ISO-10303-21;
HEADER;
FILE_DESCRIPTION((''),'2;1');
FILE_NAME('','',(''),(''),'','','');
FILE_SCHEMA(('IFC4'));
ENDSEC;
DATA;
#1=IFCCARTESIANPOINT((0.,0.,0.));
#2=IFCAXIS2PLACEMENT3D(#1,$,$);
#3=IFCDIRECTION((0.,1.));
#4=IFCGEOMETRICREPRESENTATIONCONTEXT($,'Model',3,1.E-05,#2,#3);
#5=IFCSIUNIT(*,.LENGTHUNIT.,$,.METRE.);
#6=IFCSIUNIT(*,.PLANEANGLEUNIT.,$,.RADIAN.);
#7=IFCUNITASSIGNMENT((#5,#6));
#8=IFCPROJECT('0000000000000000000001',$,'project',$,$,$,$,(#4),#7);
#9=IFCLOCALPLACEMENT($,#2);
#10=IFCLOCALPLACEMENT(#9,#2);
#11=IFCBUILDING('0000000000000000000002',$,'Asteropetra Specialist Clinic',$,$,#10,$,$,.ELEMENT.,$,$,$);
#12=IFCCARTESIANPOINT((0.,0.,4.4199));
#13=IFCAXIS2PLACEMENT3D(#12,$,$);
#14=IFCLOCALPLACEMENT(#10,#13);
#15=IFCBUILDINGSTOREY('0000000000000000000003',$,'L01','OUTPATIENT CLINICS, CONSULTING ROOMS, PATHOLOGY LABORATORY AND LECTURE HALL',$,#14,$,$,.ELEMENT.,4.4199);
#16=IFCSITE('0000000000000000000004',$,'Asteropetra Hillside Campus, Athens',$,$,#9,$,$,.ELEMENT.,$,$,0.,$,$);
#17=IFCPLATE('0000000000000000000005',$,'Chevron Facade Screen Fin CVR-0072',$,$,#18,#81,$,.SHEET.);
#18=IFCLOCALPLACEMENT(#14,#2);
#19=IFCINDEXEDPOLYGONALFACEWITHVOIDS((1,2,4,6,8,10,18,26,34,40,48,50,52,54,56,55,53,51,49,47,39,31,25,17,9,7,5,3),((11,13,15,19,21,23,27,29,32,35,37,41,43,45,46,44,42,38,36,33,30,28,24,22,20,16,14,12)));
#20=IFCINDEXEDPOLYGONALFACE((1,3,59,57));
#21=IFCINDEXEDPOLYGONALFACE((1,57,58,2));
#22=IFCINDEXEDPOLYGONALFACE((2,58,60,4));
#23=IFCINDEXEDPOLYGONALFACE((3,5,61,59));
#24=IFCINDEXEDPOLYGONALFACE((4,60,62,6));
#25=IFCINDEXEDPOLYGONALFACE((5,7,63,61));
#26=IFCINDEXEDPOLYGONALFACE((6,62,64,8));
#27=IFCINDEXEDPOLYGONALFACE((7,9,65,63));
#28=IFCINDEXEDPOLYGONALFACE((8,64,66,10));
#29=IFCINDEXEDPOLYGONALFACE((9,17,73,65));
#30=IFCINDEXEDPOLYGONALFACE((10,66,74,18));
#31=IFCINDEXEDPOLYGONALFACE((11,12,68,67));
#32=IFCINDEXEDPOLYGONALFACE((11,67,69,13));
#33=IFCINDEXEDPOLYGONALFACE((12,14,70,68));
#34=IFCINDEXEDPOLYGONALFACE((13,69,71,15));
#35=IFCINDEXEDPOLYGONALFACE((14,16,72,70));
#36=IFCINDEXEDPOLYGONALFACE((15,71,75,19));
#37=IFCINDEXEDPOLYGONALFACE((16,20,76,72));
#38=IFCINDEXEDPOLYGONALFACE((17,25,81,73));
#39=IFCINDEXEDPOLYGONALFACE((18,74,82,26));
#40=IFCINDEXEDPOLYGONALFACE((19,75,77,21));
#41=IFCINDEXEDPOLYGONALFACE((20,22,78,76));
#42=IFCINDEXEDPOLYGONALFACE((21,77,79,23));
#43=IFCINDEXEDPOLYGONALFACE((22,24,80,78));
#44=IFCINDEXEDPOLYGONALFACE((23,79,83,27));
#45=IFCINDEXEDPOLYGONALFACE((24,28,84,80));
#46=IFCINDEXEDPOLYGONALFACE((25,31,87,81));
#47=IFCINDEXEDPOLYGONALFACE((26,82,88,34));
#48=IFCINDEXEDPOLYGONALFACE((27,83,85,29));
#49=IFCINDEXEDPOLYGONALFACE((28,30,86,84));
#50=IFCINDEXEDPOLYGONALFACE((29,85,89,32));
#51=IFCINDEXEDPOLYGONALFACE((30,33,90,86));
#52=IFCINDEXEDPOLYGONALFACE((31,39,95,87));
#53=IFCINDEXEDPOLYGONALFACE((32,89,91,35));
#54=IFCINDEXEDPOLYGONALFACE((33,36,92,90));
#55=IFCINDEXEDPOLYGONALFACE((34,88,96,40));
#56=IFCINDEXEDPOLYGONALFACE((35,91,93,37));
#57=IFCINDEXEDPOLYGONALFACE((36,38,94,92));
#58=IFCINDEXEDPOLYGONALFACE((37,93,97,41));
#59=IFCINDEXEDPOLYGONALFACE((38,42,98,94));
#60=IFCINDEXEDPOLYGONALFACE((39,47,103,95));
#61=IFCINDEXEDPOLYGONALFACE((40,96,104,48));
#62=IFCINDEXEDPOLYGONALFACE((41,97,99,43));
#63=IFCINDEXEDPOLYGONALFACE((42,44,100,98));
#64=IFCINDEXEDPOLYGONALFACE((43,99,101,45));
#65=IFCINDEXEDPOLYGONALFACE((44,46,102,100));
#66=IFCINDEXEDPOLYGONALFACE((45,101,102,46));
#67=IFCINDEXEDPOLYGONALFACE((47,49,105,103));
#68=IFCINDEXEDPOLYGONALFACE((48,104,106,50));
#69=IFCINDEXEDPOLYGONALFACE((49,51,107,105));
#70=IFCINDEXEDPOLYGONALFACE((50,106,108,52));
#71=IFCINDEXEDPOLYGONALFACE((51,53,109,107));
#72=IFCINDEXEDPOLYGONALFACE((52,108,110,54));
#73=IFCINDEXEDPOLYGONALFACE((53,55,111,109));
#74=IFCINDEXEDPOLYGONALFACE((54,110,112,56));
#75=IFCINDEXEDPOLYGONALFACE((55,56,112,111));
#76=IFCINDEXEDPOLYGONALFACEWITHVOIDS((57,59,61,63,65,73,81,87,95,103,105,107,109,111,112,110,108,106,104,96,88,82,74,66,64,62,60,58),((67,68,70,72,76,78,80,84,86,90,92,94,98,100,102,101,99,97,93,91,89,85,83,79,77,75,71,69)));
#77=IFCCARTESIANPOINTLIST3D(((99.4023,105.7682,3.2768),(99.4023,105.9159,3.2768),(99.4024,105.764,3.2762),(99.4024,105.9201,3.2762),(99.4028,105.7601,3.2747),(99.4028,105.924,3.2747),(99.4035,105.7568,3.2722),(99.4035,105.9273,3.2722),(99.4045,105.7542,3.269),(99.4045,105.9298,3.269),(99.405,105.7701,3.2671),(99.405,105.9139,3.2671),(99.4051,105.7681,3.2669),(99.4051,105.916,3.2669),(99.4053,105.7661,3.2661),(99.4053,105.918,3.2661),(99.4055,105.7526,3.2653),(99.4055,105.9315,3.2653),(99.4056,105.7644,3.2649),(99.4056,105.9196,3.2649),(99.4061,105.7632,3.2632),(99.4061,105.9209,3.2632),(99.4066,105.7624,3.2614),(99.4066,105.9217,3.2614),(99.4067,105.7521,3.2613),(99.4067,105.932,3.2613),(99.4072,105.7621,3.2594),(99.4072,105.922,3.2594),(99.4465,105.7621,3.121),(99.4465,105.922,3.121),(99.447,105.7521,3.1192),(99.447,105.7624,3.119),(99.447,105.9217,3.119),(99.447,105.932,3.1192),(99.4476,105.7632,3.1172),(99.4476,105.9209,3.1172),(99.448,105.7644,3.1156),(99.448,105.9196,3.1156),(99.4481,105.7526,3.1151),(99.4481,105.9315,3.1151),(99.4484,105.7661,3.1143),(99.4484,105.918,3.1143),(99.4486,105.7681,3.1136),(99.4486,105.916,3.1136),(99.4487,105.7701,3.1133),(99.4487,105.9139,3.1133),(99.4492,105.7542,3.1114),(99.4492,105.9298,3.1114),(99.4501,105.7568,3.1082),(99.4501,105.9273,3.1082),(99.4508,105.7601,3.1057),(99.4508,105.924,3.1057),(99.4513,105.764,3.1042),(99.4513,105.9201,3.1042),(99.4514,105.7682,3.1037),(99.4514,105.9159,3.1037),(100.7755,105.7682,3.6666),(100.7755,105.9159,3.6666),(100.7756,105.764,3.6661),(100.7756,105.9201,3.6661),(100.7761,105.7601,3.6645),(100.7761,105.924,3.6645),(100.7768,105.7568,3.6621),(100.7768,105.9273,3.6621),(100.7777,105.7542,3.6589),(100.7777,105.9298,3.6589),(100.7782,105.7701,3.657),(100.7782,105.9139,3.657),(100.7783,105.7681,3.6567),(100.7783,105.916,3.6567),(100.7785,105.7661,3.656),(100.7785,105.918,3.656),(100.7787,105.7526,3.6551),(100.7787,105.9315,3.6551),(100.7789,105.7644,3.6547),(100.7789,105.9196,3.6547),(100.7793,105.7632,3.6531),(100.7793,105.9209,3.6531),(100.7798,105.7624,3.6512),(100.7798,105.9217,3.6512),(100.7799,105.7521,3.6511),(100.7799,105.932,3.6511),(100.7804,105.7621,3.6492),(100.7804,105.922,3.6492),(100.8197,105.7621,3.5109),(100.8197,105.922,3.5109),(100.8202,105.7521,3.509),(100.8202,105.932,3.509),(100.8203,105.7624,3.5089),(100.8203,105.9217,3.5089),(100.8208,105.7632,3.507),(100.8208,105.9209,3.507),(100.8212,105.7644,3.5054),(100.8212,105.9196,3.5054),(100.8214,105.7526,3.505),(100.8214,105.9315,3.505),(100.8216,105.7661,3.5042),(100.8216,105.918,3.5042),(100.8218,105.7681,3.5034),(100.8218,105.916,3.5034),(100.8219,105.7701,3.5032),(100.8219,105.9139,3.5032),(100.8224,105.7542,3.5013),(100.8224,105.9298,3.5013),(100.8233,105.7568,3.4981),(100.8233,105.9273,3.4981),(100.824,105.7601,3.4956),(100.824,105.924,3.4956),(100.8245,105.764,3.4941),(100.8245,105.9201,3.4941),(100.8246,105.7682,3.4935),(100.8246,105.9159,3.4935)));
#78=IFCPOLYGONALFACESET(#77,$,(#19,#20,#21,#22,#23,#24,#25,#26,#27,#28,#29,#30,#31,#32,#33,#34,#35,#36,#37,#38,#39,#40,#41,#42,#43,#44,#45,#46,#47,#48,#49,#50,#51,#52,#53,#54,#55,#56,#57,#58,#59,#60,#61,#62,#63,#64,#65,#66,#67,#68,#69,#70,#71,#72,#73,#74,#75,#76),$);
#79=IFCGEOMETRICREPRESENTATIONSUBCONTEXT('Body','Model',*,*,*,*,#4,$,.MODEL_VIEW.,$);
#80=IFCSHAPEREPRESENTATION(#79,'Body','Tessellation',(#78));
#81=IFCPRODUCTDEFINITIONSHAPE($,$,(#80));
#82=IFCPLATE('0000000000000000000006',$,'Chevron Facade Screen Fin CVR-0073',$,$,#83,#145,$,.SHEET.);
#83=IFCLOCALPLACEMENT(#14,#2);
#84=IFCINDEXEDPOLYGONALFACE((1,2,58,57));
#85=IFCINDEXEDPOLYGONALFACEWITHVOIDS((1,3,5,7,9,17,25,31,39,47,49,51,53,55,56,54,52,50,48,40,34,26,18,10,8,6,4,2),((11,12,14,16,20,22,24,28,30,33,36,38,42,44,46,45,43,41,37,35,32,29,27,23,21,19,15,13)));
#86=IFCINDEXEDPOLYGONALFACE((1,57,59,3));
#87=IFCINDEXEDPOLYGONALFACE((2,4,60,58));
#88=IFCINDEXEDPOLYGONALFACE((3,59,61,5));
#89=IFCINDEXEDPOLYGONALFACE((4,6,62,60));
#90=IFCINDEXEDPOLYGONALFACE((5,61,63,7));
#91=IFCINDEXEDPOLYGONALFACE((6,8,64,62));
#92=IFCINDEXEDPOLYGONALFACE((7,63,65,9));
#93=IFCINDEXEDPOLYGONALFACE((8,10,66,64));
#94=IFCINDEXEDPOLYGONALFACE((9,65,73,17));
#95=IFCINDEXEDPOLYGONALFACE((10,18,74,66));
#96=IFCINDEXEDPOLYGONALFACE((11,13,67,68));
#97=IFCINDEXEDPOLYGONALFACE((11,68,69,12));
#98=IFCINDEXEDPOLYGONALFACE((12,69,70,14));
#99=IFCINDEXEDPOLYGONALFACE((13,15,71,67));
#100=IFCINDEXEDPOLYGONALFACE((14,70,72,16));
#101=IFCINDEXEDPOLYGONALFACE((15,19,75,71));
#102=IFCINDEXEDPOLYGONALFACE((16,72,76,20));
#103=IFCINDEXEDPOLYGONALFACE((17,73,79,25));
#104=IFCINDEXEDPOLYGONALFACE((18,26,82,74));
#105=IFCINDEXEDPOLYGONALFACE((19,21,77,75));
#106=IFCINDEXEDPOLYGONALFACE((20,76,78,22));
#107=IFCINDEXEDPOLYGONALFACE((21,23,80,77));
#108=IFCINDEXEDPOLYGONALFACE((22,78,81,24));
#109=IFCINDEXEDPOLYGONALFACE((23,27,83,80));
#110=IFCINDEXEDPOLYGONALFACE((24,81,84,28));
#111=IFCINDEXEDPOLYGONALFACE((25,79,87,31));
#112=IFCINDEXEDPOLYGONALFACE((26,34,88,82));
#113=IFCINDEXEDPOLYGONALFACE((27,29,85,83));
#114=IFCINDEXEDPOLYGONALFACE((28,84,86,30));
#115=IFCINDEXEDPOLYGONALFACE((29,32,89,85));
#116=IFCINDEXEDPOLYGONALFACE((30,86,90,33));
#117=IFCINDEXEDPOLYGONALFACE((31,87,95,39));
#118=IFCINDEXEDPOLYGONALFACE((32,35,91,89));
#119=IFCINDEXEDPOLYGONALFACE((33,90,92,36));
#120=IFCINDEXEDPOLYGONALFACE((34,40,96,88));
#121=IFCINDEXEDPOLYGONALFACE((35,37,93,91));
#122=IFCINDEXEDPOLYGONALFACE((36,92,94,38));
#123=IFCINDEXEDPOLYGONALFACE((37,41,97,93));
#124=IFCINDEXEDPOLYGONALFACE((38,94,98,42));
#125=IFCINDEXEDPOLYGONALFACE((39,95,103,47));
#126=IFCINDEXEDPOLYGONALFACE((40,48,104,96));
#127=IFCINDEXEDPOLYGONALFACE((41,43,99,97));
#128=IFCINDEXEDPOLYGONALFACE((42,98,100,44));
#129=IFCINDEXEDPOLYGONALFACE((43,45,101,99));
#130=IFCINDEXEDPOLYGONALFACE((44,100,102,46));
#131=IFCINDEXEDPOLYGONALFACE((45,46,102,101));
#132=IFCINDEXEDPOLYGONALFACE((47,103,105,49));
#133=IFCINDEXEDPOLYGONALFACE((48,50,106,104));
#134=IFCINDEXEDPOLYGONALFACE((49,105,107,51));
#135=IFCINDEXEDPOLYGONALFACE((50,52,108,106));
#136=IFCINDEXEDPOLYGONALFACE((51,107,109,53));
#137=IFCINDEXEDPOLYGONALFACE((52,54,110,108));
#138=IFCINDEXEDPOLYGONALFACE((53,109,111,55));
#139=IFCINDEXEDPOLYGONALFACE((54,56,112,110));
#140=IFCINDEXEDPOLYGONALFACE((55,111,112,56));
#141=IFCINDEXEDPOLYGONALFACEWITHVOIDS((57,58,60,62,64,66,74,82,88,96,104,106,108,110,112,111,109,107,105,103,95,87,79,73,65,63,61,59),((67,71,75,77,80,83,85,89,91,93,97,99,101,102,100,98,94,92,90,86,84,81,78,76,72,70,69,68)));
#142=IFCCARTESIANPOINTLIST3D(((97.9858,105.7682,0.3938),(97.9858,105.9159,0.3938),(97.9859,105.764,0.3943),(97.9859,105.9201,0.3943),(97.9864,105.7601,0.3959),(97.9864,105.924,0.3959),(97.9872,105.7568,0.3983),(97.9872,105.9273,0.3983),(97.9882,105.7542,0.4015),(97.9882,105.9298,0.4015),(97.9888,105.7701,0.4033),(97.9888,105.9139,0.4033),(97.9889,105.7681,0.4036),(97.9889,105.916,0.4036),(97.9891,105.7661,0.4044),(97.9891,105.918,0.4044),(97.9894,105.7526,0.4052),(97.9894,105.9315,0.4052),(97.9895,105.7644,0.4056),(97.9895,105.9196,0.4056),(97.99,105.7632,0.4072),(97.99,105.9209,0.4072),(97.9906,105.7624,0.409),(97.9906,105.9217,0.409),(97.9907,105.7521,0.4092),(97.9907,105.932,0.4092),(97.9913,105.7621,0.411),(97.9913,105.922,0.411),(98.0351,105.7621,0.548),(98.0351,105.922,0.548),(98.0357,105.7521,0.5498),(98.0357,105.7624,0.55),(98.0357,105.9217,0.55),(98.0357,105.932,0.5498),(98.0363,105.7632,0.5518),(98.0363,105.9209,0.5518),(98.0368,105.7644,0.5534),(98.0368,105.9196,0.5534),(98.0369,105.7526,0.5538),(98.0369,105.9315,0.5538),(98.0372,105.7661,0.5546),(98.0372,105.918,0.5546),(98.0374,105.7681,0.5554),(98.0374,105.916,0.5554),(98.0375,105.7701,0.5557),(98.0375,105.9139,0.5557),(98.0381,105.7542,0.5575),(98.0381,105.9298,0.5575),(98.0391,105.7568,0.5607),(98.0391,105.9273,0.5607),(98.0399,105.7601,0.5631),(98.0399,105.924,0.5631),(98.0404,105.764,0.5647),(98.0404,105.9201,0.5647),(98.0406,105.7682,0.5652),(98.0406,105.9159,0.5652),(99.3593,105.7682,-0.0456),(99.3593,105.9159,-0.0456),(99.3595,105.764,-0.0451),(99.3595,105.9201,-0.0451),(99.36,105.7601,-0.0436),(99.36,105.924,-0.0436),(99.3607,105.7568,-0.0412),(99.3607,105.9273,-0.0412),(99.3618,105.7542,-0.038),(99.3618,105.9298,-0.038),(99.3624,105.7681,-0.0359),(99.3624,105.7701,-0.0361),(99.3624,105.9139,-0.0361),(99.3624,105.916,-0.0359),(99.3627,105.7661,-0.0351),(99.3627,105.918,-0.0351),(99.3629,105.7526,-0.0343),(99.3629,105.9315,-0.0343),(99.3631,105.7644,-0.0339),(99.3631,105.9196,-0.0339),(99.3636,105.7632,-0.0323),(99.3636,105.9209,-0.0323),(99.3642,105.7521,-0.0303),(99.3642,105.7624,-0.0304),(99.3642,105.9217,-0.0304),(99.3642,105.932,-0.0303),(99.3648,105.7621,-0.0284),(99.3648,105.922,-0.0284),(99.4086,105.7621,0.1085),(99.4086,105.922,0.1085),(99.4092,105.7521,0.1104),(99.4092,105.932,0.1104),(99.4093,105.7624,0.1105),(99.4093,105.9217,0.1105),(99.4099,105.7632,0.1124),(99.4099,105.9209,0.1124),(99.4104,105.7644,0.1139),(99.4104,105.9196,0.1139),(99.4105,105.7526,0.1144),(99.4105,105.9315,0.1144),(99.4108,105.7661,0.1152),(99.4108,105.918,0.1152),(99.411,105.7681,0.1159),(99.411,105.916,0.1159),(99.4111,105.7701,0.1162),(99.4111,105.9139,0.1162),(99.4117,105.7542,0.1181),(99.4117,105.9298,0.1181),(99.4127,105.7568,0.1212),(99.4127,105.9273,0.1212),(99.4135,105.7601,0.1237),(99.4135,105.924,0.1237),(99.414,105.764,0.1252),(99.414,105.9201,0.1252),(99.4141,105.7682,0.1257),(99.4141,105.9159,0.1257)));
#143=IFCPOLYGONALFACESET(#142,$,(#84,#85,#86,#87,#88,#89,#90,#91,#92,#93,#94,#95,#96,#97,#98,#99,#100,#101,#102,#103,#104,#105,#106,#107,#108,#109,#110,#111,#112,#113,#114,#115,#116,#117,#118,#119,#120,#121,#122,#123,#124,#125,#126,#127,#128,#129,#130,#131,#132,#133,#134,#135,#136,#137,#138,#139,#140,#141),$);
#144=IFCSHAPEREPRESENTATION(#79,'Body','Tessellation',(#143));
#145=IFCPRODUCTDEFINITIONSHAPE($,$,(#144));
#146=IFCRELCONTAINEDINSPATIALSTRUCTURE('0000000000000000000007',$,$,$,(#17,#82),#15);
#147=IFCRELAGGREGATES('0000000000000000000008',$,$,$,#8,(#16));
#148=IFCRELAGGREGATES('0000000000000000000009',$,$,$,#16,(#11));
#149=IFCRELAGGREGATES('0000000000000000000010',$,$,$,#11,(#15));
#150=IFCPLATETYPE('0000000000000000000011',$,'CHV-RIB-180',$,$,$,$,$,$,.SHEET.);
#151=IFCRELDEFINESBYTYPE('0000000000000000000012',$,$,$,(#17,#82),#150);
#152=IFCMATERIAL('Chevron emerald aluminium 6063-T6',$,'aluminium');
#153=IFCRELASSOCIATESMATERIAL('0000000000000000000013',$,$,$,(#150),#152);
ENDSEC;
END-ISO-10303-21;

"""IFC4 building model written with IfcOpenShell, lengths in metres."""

from ifc_helpers import new_model, si_unit, direction, frame, origin, origin_2d, place, context, subcontext, project, spatial, hollow_rectangle, extrude, material, material_profile, profile_set, type_object, element, save


model = new_model("IFC4")

# Units and contexts
model_context = context("Model", 3, precision=1e-05, world=origin(), true_north=direction((0.0, 1.0)))
body_context = subcontext(model_context, "Body", "Model", "MODEL_VIEW")
ifc_project = project(units=[si_unit("LENGTHUNIT", "METRE"), si_unit("PLANEANGLEUNIT", "RADIAN")], contexts=[model_context])

# Site, building, storey
site_placement = place(None, origin())
site = spatial("IfcSite", under=ifc_project, at=site_placement, Name="Asteropetra Hillside Campus, Athens", CompositionType="ELEMENT", RefElevation=0.0)
building_placement = place(site_placement, origin())
building = spatial("IfcBuilding", under=site, at=building_placement, Name="Asteropetra Specialist Clinic", CompositionType="ELEMENT")
storey_placement = place(building_placement, frame((0.0, 0.0, 4.4199)))
storey = spatial("IfcBuildingStorey", under=building, at=storey_placement, Name="L01", Description="OUTPATIENT CLINICS, CONSULTING ROOMS, PATHOLOGY LABORATORY AND LECTURE HALL", CompositionType="ELEMENT", Elevation=4.4199)

# Plates
ifc_material_1 = material(Name="Chevron emerald aluminium 6063-T6", Category="aluminium")
ifc_material_profile_1 = material_profile(ifc_material_1, hollow_rectangle(XDim=0.1799, YDim=0.1799, WallThickness=0.01, InnerFilletRadius=0.0081, OuterFilletRadius=0.0161, at=origin_2d()), Name="SHS 180x180x10.0")
ifc_profile_set_1 = profile_set([ifc_material_profile_1], Name="Chevron emerald aluminium 6063-T6")
plate_type = type_object("IfcPlateType", Name="CHV-RIB-180", PredefinedType="SHEET", material=ifc_profile_set_1)
for number, where, z_axis, x_axis, name in (
    (1, (100.8, 105.842, 3.5801), (-0.961981, 0.0, -0.273117), (0.0, -1.0, 0.0), "Chevron Facade Screen Fin CVR-0072"),
):
    element("IfcPlate", number, at=place(storey_placement, frame(where, z_axis=z_axis, x_axis=x_axis)), inside=storey, type_object=plate_type, Name=name, PredefinedType="SHEET", context=body_context, shape_type="SweptSolid", body=[
        extrude(hollow_rectangle(XDim=0.1799, YDim=0.1799, WallThickness=0.01, InnerFilletRadius=0.0081, OuterFilletRadius=0.0161, at=origin_2d()), origin(), (0.0, 0.0, 1.0), 1.4275),
    ])
plate_1_placement = place(storey_placement, frame((99.3867, 105.842, 0.04), z_axis=(-0.95244, 0.0, 0.304727), x_axis=(0.0, -1.0, 0.0)))
element("IfcPlate", 2, at=plate_1_placement, inside=storey, type_object=plate_type, Name="Chevron Facade Screen Fin CVR-0073", PredefinedType="SHEET", context=body_context, shape_type="SweptSolid", body=[
    extrude(hollow_rectangle(XDim=0.1799, YDim=0.1799, WallThickness=0.01, InnerFilletRadius=0.0081, OuterFilletRadius=0.0161, at=origin_2d()), origin(), (0.0, 0.0, 1.0), 1.4421),
])

save(model, "model.ifc")
